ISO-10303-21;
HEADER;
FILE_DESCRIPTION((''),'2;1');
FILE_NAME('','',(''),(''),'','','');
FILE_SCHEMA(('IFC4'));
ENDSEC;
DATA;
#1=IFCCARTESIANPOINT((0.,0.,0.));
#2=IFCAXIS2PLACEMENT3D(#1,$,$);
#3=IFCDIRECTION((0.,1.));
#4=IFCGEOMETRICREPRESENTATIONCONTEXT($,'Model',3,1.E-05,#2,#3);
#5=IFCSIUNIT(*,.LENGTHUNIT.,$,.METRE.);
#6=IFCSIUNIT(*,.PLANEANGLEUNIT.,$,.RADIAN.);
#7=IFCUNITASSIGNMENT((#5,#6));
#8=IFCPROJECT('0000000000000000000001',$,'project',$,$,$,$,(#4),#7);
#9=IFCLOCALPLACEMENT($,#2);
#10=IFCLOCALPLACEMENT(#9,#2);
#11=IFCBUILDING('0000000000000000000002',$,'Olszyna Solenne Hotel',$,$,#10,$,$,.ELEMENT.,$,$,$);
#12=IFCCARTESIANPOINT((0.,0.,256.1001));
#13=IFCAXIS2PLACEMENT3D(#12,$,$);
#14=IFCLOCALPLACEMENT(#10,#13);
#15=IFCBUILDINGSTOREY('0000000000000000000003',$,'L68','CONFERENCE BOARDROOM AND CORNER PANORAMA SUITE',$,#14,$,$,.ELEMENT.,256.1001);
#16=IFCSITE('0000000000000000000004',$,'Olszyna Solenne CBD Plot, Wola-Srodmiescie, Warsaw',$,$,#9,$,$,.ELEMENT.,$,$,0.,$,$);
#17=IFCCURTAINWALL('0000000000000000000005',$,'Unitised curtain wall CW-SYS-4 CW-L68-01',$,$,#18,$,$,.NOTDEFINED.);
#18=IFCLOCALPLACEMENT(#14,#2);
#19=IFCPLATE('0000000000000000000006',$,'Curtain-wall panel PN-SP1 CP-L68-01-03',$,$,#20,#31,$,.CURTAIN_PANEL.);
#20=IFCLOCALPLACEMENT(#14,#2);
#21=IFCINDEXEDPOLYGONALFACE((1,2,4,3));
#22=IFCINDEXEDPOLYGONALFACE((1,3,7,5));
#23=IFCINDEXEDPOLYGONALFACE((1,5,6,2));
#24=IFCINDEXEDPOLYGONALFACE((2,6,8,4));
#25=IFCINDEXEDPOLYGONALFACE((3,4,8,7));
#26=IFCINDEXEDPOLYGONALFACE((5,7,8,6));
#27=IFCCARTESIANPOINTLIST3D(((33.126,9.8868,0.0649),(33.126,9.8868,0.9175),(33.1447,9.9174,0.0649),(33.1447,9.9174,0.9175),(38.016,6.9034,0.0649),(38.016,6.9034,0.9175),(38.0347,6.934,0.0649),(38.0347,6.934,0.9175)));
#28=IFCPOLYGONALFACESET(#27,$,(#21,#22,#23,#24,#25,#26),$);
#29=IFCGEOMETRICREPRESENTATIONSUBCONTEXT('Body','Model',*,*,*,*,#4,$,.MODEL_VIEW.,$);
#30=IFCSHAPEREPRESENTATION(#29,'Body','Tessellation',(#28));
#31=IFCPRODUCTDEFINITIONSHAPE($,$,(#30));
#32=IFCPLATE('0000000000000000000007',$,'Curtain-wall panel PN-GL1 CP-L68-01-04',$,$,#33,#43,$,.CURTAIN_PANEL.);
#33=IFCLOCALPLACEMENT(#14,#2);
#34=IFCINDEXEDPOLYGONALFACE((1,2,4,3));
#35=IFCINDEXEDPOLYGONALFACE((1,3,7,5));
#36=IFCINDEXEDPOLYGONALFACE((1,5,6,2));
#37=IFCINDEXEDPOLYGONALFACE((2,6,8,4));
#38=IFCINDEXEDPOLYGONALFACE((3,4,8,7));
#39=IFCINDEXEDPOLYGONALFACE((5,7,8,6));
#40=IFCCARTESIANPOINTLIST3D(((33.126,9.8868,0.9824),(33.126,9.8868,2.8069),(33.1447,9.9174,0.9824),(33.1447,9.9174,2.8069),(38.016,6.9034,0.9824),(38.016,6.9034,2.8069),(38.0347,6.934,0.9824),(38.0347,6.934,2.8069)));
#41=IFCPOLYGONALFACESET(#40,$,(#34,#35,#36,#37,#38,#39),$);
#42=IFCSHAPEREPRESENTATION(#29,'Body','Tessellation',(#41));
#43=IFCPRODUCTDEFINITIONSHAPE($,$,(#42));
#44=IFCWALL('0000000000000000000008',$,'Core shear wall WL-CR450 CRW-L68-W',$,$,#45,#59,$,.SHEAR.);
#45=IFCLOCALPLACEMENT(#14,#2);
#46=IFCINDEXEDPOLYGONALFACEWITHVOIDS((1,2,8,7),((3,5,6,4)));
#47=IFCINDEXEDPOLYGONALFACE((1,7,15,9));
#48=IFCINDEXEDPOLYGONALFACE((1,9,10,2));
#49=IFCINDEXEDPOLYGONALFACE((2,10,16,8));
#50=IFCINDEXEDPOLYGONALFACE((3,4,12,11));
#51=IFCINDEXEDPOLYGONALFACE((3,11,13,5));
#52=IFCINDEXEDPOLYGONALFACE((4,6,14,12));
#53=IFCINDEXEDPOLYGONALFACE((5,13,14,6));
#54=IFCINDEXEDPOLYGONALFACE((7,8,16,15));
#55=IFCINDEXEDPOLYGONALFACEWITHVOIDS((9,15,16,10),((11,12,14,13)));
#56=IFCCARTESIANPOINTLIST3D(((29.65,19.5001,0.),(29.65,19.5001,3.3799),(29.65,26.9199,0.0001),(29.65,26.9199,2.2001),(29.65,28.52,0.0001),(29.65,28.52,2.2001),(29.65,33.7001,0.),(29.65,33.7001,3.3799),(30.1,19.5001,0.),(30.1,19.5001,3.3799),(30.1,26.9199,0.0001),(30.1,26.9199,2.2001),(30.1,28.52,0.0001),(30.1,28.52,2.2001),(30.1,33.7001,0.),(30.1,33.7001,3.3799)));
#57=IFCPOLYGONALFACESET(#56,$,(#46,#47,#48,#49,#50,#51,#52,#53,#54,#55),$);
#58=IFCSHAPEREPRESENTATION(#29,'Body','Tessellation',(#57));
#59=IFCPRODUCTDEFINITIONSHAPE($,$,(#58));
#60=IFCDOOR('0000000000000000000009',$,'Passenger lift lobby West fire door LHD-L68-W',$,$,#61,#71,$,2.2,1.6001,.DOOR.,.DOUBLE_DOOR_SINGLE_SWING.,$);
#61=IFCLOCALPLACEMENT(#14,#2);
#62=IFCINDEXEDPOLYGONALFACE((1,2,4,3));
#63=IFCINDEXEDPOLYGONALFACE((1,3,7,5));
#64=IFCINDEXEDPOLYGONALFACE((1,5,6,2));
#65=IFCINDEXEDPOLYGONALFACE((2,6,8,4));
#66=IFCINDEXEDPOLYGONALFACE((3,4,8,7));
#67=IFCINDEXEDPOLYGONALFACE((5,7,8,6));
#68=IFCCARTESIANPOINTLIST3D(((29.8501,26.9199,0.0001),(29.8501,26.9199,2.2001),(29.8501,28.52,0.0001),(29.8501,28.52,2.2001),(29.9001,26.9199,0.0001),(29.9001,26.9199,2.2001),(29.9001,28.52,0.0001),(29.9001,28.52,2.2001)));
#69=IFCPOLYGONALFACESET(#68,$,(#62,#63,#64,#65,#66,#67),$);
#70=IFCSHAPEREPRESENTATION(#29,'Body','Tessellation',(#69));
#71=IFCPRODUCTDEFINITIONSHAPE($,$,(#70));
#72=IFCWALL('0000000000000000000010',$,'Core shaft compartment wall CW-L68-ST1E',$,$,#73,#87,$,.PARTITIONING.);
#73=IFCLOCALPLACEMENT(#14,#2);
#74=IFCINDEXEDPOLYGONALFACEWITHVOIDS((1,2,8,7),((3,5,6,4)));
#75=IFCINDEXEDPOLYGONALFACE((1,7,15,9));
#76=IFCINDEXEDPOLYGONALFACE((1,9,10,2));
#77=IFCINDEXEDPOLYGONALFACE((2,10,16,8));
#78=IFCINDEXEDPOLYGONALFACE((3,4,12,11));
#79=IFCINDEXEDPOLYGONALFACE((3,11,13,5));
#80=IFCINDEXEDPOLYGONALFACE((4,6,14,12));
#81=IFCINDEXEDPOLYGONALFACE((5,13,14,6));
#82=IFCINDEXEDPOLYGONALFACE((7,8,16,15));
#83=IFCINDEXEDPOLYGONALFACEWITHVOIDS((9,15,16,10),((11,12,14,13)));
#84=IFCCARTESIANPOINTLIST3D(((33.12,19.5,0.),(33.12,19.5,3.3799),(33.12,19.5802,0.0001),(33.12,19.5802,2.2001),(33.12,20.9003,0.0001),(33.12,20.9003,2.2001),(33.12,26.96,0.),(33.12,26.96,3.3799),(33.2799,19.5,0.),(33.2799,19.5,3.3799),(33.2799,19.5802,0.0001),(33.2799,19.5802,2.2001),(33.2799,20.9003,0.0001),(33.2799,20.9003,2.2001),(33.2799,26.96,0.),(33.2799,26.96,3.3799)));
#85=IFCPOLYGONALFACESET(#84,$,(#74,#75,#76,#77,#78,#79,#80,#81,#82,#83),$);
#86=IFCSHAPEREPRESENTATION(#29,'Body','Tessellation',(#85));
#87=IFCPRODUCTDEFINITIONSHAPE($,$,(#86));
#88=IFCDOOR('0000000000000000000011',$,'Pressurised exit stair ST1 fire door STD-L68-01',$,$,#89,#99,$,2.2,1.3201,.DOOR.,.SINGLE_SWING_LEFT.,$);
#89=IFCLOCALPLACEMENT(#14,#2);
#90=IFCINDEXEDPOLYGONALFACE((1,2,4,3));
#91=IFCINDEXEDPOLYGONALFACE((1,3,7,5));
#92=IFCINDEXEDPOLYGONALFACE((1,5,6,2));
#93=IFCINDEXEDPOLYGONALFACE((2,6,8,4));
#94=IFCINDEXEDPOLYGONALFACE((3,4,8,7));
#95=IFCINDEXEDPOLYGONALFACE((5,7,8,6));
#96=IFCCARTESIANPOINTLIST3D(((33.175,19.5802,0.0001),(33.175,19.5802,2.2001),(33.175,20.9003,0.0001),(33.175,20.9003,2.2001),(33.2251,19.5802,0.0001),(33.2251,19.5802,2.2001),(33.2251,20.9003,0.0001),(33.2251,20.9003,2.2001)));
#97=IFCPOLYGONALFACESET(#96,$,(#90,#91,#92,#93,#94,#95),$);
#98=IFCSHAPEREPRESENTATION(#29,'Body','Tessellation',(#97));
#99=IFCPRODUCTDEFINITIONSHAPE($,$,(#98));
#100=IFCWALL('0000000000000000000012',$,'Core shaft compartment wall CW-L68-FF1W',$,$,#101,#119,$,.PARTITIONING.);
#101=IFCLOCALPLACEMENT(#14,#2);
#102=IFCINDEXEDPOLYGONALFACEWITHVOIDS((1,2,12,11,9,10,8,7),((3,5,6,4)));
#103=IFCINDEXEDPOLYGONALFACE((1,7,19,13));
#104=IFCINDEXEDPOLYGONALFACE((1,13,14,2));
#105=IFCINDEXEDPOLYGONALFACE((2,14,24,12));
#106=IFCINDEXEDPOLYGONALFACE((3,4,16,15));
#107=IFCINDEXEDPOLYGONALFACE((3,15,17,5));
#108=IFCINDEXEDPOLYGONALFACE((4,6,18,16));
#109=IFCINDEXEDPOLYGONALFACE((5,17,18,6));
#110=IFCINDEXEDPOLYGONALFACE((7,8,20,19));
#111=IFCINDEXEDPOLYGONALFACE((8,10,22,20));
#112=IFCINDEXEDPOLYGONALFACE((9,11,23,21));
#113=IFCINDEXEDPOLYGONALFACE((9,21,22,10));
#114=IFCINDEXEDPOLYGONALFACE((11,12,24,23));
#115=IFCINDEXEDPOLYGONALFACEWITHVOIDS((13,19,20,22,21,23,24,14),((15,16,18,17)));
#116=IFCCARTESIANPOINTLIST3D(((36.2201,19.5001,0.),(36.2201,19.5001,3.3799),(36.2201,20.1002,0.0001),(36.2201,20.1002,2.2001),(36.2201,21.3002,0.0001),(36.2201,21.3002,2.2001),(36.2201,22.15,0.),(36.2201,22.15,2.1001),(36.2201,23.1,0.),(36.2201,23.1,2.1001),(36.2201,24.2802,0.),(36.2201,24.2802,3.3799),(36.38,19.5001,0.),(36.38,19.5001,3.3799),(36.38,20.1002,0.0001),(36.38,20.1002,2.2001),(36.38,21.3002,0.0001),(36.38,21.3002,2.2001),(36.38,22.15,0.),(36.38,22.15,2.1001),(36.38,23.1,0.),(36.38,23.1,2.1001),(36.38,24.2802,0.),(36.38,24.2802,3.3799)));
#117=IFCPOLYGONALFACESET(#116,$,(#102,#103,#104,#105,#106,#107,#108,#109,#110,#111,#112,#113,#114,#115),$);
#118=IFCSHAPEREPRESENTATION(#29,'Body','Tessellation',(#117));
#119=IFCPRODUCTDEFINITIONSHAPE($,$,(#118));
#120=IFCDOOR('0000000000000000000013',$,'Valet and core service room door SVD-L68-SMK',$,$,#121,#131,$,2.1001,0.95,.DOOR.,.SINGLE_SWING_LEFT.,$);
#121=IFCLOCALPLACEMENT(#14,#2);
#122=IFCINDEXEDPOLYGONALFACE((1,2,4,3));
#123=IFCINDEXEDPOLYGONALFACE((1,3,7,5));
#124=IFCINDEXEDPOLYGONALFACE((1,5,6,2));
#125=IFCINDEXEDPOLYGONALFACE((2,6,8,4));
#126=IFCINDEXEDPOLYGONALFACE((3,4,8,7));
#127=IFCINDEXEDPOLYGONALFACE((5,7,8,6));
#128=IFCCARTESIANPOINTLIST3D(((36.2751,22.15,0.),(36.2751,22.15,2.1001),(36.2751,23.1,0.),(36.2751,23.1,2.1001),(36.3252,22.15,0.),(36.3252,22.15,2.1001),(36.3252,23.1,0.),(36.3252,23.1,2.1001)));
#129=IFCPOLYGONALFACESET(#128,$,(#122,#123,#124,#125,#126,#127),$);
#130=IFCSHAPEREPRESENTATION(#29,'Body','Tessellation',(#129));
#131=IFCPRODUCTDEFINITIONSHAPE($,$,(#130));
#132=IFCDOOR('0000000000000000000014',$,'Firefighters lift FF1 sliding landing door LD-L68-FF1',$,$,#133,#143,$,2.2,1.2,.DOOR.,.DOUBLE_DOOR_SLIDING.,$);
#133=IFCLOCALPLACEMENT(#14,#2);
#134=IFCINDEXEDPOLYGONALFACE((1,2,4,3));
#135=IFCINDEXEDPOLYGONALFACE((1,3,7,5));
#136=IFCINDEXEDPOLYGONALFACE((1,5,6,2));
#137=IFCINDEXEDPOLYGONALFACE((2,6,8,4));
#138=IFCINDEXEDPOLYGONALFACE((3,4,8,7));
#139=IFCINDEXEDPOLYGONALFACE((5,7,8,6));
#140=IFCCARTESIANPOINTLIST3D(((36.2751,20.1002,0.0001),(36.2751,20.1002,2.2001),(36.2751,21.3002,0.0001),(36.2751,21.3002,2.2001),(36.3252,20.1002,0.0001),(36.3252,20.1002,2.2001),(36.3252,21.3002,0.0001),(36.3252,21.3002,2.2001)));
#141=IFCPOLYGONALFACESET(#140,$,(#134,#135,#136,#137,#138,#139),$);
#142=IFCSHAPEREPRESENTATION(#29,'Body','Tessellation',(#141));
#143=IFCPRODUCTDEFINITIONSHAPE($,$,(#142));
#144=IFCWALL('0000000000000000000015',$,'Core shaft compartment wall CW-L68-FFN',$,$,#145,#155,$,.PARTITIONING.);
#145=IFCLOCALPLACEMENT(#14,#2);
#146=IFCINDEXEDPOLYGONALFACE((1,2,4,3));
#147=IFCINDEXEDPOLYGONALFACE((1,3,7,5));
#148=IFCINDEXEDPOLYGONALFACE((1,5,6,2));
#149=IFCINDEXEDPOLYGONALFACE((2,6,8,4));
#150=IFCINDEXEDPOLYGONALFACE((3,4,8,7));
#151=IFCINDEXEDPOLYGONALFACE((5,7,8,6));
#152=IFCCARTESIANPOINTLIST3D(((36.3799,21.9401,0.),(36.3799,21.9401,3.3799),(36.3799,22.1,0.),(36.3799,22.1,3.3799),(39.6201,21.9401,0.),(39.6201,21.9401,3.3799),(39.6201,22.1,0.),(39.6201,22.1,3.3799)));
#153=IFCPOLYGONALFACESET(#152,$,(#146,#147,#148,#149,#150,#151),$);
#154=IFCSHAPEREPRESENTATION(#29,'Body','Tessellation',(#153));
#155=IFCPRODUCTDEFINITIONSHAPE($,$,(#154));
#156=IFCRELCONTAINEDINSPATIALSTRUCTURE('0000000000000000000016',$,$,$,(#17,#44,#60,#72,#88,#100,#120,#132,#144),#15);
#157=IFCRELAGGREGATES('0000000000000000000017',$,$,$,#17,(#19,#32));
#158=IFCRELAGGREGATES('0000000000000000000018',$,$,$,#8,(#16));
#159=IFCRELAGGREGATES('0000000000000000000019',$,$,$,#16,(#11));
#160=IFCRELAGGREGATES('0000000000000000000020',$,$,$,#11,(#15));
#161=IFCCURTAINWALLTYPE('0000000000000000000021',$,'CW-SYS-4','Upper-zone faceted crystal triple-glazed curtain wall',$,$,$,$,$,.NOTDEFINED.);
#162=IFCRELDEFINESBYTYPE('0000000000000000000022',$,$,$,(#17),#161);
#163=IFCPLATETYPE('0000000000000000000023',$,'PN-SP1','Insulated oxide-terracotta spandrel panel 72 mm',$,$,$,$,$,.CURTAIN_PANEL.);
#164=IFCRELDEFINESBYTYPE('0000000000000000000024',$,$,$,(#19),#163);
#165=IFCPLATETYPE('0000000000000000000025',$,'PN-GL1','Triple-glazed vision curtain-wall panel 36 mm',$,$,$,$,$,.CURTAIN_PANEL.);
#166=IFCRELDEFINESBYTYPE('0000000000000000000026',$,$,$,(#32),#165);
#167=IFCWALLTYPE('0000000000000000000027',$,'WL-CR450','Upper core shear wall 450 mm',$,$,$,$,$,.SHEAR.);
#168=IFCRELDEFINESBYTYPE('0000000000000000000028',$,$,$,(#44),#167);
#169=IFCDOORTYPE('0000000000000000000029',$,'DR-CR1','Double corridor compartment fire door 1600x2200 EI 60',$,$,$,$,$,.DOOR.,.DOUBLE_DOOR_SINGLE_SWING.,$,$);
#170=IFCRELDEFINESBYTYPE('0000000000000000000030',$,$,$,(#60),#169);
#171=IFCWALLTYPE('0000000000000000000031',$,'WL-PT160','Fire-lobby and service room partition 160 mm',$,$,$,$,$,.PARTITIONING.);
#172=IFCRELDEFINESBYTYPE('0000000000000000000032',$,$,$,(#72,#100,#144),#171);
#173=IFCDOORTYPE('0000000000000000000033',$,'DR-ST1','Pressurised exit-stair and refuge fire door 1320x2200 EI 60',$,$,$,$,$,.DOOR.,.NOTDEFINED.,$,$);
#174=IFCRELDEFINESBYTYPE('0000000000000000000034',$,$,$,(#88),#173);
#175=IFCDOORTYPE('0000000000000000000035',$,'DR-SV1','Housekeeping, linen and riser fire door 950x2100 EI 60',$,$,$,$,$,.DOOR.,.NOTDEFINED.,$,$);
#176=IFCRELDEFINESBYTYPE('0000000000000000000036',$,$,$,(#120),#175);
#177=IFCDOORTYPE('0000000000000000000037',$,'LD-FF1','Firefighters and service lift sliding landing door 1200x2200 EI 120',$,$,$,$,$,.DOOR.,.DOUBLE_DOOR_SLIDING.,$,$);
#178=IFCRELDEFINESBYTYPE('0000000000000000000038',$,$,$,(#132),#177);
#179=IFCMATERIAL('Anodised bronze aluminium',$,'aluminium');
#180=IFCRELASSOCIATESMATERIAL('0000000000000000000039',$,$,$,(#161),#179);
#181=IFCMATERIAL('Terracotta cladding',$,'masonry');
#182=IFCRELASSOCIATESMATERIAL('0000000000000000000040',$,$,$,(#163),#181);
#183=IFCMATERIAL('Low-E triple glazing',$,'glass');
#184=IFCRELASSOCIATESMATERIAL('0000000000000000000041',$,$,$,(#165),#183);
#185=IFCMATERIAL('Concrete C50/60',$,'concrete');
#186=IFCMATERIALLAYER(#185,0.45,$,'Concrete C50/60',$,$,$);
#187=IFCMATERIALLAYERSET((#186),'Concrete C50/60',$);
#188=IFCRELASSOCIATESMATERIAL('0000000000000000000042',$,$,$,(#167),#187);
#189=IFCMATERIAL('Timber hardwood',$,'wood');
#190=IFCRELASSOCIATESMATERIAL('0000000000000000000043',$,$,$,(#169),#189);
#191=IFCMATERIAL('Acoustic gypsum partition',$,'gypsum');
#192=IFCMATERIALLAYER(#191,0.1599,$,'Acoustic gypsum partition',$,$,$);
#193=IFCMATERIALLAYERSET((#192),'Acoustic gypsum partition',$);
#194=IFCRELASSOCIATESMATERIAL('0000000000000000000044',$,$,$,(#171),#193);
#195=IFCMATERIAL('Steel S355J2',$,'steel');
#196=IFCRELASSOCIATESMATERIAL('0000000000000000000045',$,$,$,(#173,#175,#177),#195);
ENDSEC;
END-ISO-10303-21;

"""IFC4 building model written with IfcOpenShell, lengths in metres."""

from ifc_helpers import new_model, si_unit, direction, frame, frame_2d, origin, origin_2d, place, context, subcontext, project, spatial, rectangle, extrude, source, transform, mapped, material, layer, layer_set, type_object, type_shapes, element, fill, aggregate, save


model = new_model("IFC4")

# Units and contexts
model_context = context("Model", 3, precision=1e-05, world=origin(), true_north=direction((0.0, 1.0)))
body_context = subcontext(model_context, "Body", "Model", "MODEL_VIEW")
ifc_project = project(units=[si_unit("LENGTHUNIT", "METRE"), si_unit("PLANEANGLEUNIT", "RADIAN")], contexts=[model_context])

# Site, building, storey
site_placement = place(None, origin())
site = spatial("IfcSite", under=ifc_project, at=site_placement, Name="Olszyna Solenne CBD Plot, Wola-Srodmiescie, Warsaw", CompositionType="ELEMENT", RefElevation=0.0)
building_placement = place(site_placement, origin())
building = spatial("IfcBuilding", under=site, at=building_placement, Name="Olszyna Solenne Hotel", CompositionType="ELEMENT")
storey_placement = place(building_placement, frame((0.0, 0.0, 256.1001)))
storey = spatial("IfcBuildingStorey", under=building, at=storey_placement, Name="L68", Description="CONFERENCE BOARDROOM AND CORNER PANORAMA SUITE", CompositionType="ELEMENT", Elevation=256.1001)

# Shared definitions
ifc_material_1 = material(Name="Steel S355J2", Category="steel")

# Curtain wall
ifc_material_2 = material(Name="Anodised bronze aluminium", Category="aluminium")
curtain_wall_type = type_object("IfcCurtainWallType", Name="CW-SYS-4", Description="Upper-zone faceted crystal triple-glazed curtain wall", PredefinedType="NOTDEFINED", material=ifc_material_2)
curtain_wall_placement = place(storey_placement, origin())
curtain_wall = element("IfcCurtainWall", 1, at=curtain_wall_placement, inside=storey, type_object=curtain_wall_type, Name="Unitised curtain wall CW-SYS-4 CW-L68-01", PredefinedType="NOTDEFINED")

# Shared definitions
ifc_material_3 = material(Name="Concrete C50/60", Category="concrete")

# Plates
ifc_material_4 = material(Name="Terracotta cladding", Category="masonry")
plate_type_1 = type_object("IfcPlateType", Name="PN-SP1", Description="Insulated oxide-terracotta spandrel panel 72 mm", PredefinedType="CURTAIN_PANEL", material=ifc_material_4)
ifc_material_5 = material(Name="Low-E triple glazing", Category="glass")
plate_type_2 = type_object("IfcPlateType", Name="PN-GL1", Description="Triple-glazed vision curtain-wall panel 36 mm", PredefinedType="CURTAIN_PANEL", material=ifc_material_5)
shared_shape_1 = source(origin(), body_context, "Body", "SweptSolid", [
    extrude(rectangle(XDim=5.7283, YDim=0.0359, at=origin_2d()), origin(), (0.0, 0.0, 1.0), 0.8525),
])
plate_1_placement = place(storey_placement, frame((35.5803, 8.4104, 0.0649), z_axis=(0.0, 0.0, 1.0), x_axis=(0.853661, -0.520829, 0.0)))
plate_1 = element("IfcPlate", 2, at=plate_1_placement, type_object=plate_type_1, Name="Curtain-wall panel PN-SP1 CP-L68-01-03", PredefinedType="CURTAIN_PANEL", context=body_context, shape_type="MappedRepresentation", body=[
    mapped(shared_shape_1, transform((0.0, 0.0, 0.0), x_axis=(1.0, 0.0, 0.0), y_axis=(0.0, 1.0, 0.0), z_axis=(0.0, 0.0, 1.0), scale=1.0)),
])
shared_shape_2 = source(origin(), body_context, "Body", "SweptSolid", [
    extrude(rectangle(XDim=5.7283, YDim=0.0359, at=origin_2d()), origin(), (0.0, 0.0, 1.0), 1.8245),
])
plate_2_placement = place(storey_placement, frame((35.5803, 8.4104, 0.9824), z_axis=(0.0, 0.0, 1.0), x_axis=(0.853661, -0.520829, 0.0)))
plate_2 = element("IfcPlate", 3, at=plate_2_placement, type_object=plate_type_2, Name="Curtain-wall panel PN-GL1 CP-L68-01-04", PredefinedType="CURTAIN_PANEL", context=body_context, shape_type="MappedRepresentation", body=[
    mapped(shared_shape_2, transform((0.0, 0.0, 0.0), x_axis=(1.0, 0.0, 0.0), y_axis=(0.0, 1.0, 0.0), z_axis=(0.0, 0.0, 1.0), scale=1.0)),
])
aggregate(curtain_wall, [plate_1, plate_2])

# Walls, openings, doors
ifc_layer_1 = layer(ifc_material_3, 0.45, Name="Concrete C50/60")
ifc_layer_set_1 = layer_set([ifc_layer_1], Name="Concrete C50/60")
wall_type_1 = type_object("IfcWallType", Name="WL-CR450", Description="Upper core shear wall 450 mm", PredefinedType="SHEAR", material=ifc_layer_set_1)
wall_1_placement = place(storey_placement, frame((29.875, 19.5, 0.0), z_axis=(0.0, 0.0, 1.0), x_axis=(0.0, 1.0, 0.0)))
wall_1 = element("IfcWall", 4, at=wall_1_placement, inside=storey, type_object=wall_type_1, Name="Core shear wall WL-CR450 CRW-L68-W", PredefinedType="SHEAR", context=body_context, shape_type="SweptSolid", body=[
    extrude(rectangle(XDim=14.2, YDim=0.45, at=frame_2d((7.1001, 0.0))), origin(), (0.0, 0.0, 1.0), 3.3799),
])
opening_1_placement = place(wall_1_placement, frame((7.4199, 0.0, 0.0)))
opening_1 = element("IfcOpeningElement", 5, at=opening_1_placement, cuts=wall_1, PredefinedType="OPENING", context=body_context, shape_type="SweptSolid", body=[
    extrude(rectangle(XDim=1.6001, YDim=2.2, at=frame_2d((0.8, 1.1001))), frame((0.0, 0.2349, 0.0), z_axis=(0.0, -1.0, 0.0), x_axis=(1.0, 0.0, 0.0)), (0.0, 0.0, 1.0), 0.47),
])
ifc_material_6 = material(Name="Timber hardwood", Category="wood")
door_type_1 = type_object("IfcDoorType", Name="DR-CR1", Description="Double corridor compartment fire door 1600x2200 EI 60", OperationType="DOUBLE_DOOR_SINGLE_SWING", PredefinedType="DOOR", material=ifc_material_6)
shared_shape_3 = source(origin(), body_context, "Body", "SweptSolid", [
    extrude(rectangle(XDim=1.6001, YDim=2.2, at=frame_2d((0.8, 1.1001))), frame((0.0, 0.0249, 0.0), z_axis=(0.0, -1.0, 0.0), x_axis=(1.0, 0.0, 0.0)), (0.0, 0.0, 1.0), 0.05),
])
type_shapes(door_type_1, [shared_shape_3])
door_1_placement = place(opening_1_placement, origin())
door_1 = element("IfcDoor", 6, at=door_1_placement, inside=storey, type_object=door_type_1, Name="Passenger lift lobby West fire door LHD-L68-W", OperationType="DOUBLE_DOOR_SINGLE_SWING", OverallHeight=2.2, OverallWidth=1.6001, PredefinedType="DOOR", context=body_context, shape_type="MappedRepresentation", body=[
    mapped(shared_shape_3, transform((0.0, 0.0, 0.0), x_axis=(1.0, 0.0, 0.0), y_axis=(0.0, 1.0, 0.0), z_axis=(0.0, 0.0, 1.0), scale=1.0)),
])
fill(opening_1, door_1)
ifc_material_7 = material(Name="Acoustic gypsum partition", Category="gypsum")
ifc_layer_2 = layer(ifc_material_7, 0.1599, Name="Acoustic gypsum partition")
ifc_layer_set_2 = layer_set([ifc_layer_2], Name="Acoustic gypsum partition")
wall_type_2 = type_object("IfcWallType", Name="WL-PT160", Description="Fire-lobby and service room partition 160 mm", PredefinedType="PARTITIONING", material=ifc_layer_set_2)
wall_2_placement = place(storey_placement, frame((33.2, 19.5, 0.0), z_axis=(0.0, 0.0, 1.0), x_axis=(0.0, 1.0, 0.0)))
wall_2 = element("IfcWall", 7, at=wall_2_placement, inside=storey, type_object=wall_type_2, Name="Core shaft compartment wall CW-L68-ST1E", PredefinedType="PARTITIONING", context=body_context, shape_type="SweptSolid", body=[
    extrude(rectangle(XDim=7.46, YDim=0.1599, at=frame_2d((3.73, 0.0))), origin(), (0.0, 0.0, 1.0), 3.3799),
])
opening_2_placement = place(wall_2_placement, frame((0.0801, 0.0, 0.0)))
opening_2 = element("IfcOpeningElement", 8, at=opening_2_placement, cuts=wall_2, PredefinedType="OPENING", context=body_context, shape_type="SweptSolid", body=[
    extrude(rectangle(XDim=1.3201, YDim=2.2, at=frame_2d((0.6602, 1.1001))), frame((0.0, 0.0898, 0.0), z_axis=(0.0, -1.0, 0.0), x_axis=(1.0, 0.0, 0.0)), (0.0, 0.0, 1.0), 0.1799),
])
door_type_2 = type_object("IfcDoorType", Name="DR-ST1", Description="Pressurised exit-stair and refuge fire door 1320x2200 EI 60", OperationType="NOTDEFINED", PredefinedType="DOOR", material=ifc_material_1)
shared_shape_4 = source(origin(), body_context, "Body", "SweptSolid", [
    extrude(rectangle(XDim=1.3201, YDim=2.2, at=frame_2d((0.6602, 1.1001))), frame((0.0, 0.0249, 0.0), z_axis=(0.0, -1.0, 0.0), x_axis=(1.0, 0.0, 0.0)), (0.0, 0.0, 1.0), 0.05),
])
type_shapes(door_type_2, [shared_shape_4])
door_2_placement = place(opening_2_placement, origin())
door_2 = element("IfcDoor", 9, at=door_2_placement, inside=storey, type_object=door_type_2, Name="Pressurised exit stair ST1 fire door STD-L68-01", OperationType="SINGLE_SWING_LEFT", OverallHeight=2.2, OverallWidth=1.3201, PredefinedType="DOOR", context=body_context, shape_type="MappedRepresentation", body=[
    mapped(shared_shape_4, transform((0.0, 0.0, 0.0), x_axis=(1.0, 0.0, 0.0), y_axis=(0.0, 1.0, 0.0), z_axis=(0.0, 0.0, 1.0), scale=1.0)),
])
fill(opening_2, door_2)

# Wall, openings, doors
wall_3_placement = place(storey_placement, frame((36.3, 19.5, 0.0), z_axis=(0.0, 0.0, 1.0), x_axis=(0.0, 1.0, 0.0)))
wall_3 = element("IfcWall", 10, at=wall_3_placement, inside=storey, type_object=wall_type_2, Name="Core shaft compartment wall CW-L68-FF1W", PredefinedType="PARTITIONING", context=body_context, shape_type="SweptSolid", body=[
    extrude(rectangle(XDim=4.78, YDim=0.1599, at=frame_2d((2.3901, 0.0))), origin(), (0.0, 0.0, 1.0), 3.3799),
])
opening_3_placement = place(wall_3_placement, frame((0.6001, 0.0, 0.0)))
opening_3 = element("IfcOpeningElement", 11, at=opening_3_placement, cuts=wall_3, PredefinedType="OPENING", context=body_context, shape_type="SweptSolid", body=[
    extrude(rectangle(XDim=1.2, YDim=2.2, at=frame_2d((0.6001, 1.1001))), frame((0.0, 0.0898, 0.0), z_axis=(0.0, -1.0, 0.0), x_axis=(1.0, 0.0, 0.0)), (0.0, 0.0, 1.0), 0.1799),
])
opening_4_placement = place(wall_3_placement, frame((2.6499, 0.0, 0.0)))
opening_4 = element("IfcOpeningElement", 12, at=opening_4_placement, cuts=wall_3, PredefinedType="OPENING", context=body_context, shape_type="SweptSolid", body=[
    extrude(rectangle(XDim=0.95, YDim=2.1001, at=frame_2d((0.4751, 1.05))), frame((0.0, 0.0898, 0.0), z_axis=(0.0, -1.0, 0.0), x_axis=(1.0, 0.0, 0.0)), (0.0, 0.0, 1.0), 0.1799),
])
door_type_3 = type_object("IfcDoorType", Name="DR-SV1", Description="Housekeeping, linen and riser fire door 950x2100 EI 60", OperationType="NOTDEFINED", PredefinedType="DOOR", material=ifc_material_1)
shared_shape_5 = source(origin(), body_context, "Body", "SweptSolid", [
    extrude(rectangle(XDim=0.95, YDim=2.1001, at=frame_2d((0.4751, 1.05))), frame((0.0, 0.0249, 0.0), z_axis=(0.0, -1.0, 0.0), x_axis=(1.0, 0.0, 0.0)), (0.0, 0.0, 1.0), 0.05),
])
type_shapes(door_type_3, [shared_shape_5])
door_3_placement = place(opening_4_placement, origin())
door_3 = element("IfcDoor", 13, at=door_3_placement, inside=storey, type_object=door_type_3, Name="Valet and core service room door SVD-L68-SMK", OperationType="SINGLE_SWING_LEFT", OverallHeight=2.1001, OverallWidth=0.95, PredefinedType="DOOR", context=body_context, shape_type="MappedRepresentation", body=[
    mapped(shared_shape_5, transform((0.0, 0.0, 0.0), x_axis=(1.0, 0.0, 0.0), y_axis=(0.0, 1.0, 0.0), z_axis=(0.0, 0.0, 1.0), scale=1.0)),
])
fill(opening_4, door_3)
door_type_4 = type_object("IfcDoorType", Name="LD-FF1", Description="Firefighters and service lift sliding landing door 1200x2200 EI 120", OperationType="DOUBLE_DOOR_SLIDING", PredefinedType="DOOR", material=ifc_material_1)
shared_shape_6 = source(origin(), body_context, "Body", "SweptSolid", [
    extrude(rectangle(XDim=1.2, YDim=2.2, at=frame_2d((0.6001, 1.1001))), frame((0.0, 0.0249, 0.0), z_axis=(0.0, -1.0, 0.0), x_axis=(1.0, 0.0, 0.0)), (0.0, 0.0, 1.0), 0.05),
])
type_shapes(door_type_4, [shared_shape_6])
door_4_placement = place(opening_3_placement, origin())
door_4 = element("IfcDoor", 14, at=door_4_placement, inside=storey, type_object=door_type_4, Name="Firefighters lift FF1 sliding landing door LD-L68-FF1", OperationType="DOUBLE_DOOR_SLIDING", OverallHeight=2.2, OverallWidth=1.2, PredefinedType="DOOR", context=body_context, shape_type="MappedRepresentation", body=[
    mapped(shared_shape_6, transform((0.0, 0.0, 0.0), x_axis=(1.0, 0.0, 0.0), y_axis=(0.0, 1.0, 0.0), z_axis=(0.0, 0.0, 1.0), scale=1.0)),
])
fill(opening_3, door_4)

# Wall
wall_4_placement = place(storey_placement, frame((36.3799, 22.02, 0.0), z_axis=(0.0, 0.0, 1.0), x_axis=(1.0, 0.0, 0.0)))
element("IfcWall", 15, at=wall_4_placement, inside=storey, type_object=wall_type_2, Name="Core shaft compartment wall CW-L68-FFN", PredefinedType="PARTITIONING", context=body_context, shape_type="SweptSolid", body=[
    extrude(rectangle(XDim=3.2402, YDim=0.1599, at=frame_2d((1.6201, 0.0))), origin(), (0.0, 0.0, 1.0), 3.3799),
])

save(model, "model.ifc")
